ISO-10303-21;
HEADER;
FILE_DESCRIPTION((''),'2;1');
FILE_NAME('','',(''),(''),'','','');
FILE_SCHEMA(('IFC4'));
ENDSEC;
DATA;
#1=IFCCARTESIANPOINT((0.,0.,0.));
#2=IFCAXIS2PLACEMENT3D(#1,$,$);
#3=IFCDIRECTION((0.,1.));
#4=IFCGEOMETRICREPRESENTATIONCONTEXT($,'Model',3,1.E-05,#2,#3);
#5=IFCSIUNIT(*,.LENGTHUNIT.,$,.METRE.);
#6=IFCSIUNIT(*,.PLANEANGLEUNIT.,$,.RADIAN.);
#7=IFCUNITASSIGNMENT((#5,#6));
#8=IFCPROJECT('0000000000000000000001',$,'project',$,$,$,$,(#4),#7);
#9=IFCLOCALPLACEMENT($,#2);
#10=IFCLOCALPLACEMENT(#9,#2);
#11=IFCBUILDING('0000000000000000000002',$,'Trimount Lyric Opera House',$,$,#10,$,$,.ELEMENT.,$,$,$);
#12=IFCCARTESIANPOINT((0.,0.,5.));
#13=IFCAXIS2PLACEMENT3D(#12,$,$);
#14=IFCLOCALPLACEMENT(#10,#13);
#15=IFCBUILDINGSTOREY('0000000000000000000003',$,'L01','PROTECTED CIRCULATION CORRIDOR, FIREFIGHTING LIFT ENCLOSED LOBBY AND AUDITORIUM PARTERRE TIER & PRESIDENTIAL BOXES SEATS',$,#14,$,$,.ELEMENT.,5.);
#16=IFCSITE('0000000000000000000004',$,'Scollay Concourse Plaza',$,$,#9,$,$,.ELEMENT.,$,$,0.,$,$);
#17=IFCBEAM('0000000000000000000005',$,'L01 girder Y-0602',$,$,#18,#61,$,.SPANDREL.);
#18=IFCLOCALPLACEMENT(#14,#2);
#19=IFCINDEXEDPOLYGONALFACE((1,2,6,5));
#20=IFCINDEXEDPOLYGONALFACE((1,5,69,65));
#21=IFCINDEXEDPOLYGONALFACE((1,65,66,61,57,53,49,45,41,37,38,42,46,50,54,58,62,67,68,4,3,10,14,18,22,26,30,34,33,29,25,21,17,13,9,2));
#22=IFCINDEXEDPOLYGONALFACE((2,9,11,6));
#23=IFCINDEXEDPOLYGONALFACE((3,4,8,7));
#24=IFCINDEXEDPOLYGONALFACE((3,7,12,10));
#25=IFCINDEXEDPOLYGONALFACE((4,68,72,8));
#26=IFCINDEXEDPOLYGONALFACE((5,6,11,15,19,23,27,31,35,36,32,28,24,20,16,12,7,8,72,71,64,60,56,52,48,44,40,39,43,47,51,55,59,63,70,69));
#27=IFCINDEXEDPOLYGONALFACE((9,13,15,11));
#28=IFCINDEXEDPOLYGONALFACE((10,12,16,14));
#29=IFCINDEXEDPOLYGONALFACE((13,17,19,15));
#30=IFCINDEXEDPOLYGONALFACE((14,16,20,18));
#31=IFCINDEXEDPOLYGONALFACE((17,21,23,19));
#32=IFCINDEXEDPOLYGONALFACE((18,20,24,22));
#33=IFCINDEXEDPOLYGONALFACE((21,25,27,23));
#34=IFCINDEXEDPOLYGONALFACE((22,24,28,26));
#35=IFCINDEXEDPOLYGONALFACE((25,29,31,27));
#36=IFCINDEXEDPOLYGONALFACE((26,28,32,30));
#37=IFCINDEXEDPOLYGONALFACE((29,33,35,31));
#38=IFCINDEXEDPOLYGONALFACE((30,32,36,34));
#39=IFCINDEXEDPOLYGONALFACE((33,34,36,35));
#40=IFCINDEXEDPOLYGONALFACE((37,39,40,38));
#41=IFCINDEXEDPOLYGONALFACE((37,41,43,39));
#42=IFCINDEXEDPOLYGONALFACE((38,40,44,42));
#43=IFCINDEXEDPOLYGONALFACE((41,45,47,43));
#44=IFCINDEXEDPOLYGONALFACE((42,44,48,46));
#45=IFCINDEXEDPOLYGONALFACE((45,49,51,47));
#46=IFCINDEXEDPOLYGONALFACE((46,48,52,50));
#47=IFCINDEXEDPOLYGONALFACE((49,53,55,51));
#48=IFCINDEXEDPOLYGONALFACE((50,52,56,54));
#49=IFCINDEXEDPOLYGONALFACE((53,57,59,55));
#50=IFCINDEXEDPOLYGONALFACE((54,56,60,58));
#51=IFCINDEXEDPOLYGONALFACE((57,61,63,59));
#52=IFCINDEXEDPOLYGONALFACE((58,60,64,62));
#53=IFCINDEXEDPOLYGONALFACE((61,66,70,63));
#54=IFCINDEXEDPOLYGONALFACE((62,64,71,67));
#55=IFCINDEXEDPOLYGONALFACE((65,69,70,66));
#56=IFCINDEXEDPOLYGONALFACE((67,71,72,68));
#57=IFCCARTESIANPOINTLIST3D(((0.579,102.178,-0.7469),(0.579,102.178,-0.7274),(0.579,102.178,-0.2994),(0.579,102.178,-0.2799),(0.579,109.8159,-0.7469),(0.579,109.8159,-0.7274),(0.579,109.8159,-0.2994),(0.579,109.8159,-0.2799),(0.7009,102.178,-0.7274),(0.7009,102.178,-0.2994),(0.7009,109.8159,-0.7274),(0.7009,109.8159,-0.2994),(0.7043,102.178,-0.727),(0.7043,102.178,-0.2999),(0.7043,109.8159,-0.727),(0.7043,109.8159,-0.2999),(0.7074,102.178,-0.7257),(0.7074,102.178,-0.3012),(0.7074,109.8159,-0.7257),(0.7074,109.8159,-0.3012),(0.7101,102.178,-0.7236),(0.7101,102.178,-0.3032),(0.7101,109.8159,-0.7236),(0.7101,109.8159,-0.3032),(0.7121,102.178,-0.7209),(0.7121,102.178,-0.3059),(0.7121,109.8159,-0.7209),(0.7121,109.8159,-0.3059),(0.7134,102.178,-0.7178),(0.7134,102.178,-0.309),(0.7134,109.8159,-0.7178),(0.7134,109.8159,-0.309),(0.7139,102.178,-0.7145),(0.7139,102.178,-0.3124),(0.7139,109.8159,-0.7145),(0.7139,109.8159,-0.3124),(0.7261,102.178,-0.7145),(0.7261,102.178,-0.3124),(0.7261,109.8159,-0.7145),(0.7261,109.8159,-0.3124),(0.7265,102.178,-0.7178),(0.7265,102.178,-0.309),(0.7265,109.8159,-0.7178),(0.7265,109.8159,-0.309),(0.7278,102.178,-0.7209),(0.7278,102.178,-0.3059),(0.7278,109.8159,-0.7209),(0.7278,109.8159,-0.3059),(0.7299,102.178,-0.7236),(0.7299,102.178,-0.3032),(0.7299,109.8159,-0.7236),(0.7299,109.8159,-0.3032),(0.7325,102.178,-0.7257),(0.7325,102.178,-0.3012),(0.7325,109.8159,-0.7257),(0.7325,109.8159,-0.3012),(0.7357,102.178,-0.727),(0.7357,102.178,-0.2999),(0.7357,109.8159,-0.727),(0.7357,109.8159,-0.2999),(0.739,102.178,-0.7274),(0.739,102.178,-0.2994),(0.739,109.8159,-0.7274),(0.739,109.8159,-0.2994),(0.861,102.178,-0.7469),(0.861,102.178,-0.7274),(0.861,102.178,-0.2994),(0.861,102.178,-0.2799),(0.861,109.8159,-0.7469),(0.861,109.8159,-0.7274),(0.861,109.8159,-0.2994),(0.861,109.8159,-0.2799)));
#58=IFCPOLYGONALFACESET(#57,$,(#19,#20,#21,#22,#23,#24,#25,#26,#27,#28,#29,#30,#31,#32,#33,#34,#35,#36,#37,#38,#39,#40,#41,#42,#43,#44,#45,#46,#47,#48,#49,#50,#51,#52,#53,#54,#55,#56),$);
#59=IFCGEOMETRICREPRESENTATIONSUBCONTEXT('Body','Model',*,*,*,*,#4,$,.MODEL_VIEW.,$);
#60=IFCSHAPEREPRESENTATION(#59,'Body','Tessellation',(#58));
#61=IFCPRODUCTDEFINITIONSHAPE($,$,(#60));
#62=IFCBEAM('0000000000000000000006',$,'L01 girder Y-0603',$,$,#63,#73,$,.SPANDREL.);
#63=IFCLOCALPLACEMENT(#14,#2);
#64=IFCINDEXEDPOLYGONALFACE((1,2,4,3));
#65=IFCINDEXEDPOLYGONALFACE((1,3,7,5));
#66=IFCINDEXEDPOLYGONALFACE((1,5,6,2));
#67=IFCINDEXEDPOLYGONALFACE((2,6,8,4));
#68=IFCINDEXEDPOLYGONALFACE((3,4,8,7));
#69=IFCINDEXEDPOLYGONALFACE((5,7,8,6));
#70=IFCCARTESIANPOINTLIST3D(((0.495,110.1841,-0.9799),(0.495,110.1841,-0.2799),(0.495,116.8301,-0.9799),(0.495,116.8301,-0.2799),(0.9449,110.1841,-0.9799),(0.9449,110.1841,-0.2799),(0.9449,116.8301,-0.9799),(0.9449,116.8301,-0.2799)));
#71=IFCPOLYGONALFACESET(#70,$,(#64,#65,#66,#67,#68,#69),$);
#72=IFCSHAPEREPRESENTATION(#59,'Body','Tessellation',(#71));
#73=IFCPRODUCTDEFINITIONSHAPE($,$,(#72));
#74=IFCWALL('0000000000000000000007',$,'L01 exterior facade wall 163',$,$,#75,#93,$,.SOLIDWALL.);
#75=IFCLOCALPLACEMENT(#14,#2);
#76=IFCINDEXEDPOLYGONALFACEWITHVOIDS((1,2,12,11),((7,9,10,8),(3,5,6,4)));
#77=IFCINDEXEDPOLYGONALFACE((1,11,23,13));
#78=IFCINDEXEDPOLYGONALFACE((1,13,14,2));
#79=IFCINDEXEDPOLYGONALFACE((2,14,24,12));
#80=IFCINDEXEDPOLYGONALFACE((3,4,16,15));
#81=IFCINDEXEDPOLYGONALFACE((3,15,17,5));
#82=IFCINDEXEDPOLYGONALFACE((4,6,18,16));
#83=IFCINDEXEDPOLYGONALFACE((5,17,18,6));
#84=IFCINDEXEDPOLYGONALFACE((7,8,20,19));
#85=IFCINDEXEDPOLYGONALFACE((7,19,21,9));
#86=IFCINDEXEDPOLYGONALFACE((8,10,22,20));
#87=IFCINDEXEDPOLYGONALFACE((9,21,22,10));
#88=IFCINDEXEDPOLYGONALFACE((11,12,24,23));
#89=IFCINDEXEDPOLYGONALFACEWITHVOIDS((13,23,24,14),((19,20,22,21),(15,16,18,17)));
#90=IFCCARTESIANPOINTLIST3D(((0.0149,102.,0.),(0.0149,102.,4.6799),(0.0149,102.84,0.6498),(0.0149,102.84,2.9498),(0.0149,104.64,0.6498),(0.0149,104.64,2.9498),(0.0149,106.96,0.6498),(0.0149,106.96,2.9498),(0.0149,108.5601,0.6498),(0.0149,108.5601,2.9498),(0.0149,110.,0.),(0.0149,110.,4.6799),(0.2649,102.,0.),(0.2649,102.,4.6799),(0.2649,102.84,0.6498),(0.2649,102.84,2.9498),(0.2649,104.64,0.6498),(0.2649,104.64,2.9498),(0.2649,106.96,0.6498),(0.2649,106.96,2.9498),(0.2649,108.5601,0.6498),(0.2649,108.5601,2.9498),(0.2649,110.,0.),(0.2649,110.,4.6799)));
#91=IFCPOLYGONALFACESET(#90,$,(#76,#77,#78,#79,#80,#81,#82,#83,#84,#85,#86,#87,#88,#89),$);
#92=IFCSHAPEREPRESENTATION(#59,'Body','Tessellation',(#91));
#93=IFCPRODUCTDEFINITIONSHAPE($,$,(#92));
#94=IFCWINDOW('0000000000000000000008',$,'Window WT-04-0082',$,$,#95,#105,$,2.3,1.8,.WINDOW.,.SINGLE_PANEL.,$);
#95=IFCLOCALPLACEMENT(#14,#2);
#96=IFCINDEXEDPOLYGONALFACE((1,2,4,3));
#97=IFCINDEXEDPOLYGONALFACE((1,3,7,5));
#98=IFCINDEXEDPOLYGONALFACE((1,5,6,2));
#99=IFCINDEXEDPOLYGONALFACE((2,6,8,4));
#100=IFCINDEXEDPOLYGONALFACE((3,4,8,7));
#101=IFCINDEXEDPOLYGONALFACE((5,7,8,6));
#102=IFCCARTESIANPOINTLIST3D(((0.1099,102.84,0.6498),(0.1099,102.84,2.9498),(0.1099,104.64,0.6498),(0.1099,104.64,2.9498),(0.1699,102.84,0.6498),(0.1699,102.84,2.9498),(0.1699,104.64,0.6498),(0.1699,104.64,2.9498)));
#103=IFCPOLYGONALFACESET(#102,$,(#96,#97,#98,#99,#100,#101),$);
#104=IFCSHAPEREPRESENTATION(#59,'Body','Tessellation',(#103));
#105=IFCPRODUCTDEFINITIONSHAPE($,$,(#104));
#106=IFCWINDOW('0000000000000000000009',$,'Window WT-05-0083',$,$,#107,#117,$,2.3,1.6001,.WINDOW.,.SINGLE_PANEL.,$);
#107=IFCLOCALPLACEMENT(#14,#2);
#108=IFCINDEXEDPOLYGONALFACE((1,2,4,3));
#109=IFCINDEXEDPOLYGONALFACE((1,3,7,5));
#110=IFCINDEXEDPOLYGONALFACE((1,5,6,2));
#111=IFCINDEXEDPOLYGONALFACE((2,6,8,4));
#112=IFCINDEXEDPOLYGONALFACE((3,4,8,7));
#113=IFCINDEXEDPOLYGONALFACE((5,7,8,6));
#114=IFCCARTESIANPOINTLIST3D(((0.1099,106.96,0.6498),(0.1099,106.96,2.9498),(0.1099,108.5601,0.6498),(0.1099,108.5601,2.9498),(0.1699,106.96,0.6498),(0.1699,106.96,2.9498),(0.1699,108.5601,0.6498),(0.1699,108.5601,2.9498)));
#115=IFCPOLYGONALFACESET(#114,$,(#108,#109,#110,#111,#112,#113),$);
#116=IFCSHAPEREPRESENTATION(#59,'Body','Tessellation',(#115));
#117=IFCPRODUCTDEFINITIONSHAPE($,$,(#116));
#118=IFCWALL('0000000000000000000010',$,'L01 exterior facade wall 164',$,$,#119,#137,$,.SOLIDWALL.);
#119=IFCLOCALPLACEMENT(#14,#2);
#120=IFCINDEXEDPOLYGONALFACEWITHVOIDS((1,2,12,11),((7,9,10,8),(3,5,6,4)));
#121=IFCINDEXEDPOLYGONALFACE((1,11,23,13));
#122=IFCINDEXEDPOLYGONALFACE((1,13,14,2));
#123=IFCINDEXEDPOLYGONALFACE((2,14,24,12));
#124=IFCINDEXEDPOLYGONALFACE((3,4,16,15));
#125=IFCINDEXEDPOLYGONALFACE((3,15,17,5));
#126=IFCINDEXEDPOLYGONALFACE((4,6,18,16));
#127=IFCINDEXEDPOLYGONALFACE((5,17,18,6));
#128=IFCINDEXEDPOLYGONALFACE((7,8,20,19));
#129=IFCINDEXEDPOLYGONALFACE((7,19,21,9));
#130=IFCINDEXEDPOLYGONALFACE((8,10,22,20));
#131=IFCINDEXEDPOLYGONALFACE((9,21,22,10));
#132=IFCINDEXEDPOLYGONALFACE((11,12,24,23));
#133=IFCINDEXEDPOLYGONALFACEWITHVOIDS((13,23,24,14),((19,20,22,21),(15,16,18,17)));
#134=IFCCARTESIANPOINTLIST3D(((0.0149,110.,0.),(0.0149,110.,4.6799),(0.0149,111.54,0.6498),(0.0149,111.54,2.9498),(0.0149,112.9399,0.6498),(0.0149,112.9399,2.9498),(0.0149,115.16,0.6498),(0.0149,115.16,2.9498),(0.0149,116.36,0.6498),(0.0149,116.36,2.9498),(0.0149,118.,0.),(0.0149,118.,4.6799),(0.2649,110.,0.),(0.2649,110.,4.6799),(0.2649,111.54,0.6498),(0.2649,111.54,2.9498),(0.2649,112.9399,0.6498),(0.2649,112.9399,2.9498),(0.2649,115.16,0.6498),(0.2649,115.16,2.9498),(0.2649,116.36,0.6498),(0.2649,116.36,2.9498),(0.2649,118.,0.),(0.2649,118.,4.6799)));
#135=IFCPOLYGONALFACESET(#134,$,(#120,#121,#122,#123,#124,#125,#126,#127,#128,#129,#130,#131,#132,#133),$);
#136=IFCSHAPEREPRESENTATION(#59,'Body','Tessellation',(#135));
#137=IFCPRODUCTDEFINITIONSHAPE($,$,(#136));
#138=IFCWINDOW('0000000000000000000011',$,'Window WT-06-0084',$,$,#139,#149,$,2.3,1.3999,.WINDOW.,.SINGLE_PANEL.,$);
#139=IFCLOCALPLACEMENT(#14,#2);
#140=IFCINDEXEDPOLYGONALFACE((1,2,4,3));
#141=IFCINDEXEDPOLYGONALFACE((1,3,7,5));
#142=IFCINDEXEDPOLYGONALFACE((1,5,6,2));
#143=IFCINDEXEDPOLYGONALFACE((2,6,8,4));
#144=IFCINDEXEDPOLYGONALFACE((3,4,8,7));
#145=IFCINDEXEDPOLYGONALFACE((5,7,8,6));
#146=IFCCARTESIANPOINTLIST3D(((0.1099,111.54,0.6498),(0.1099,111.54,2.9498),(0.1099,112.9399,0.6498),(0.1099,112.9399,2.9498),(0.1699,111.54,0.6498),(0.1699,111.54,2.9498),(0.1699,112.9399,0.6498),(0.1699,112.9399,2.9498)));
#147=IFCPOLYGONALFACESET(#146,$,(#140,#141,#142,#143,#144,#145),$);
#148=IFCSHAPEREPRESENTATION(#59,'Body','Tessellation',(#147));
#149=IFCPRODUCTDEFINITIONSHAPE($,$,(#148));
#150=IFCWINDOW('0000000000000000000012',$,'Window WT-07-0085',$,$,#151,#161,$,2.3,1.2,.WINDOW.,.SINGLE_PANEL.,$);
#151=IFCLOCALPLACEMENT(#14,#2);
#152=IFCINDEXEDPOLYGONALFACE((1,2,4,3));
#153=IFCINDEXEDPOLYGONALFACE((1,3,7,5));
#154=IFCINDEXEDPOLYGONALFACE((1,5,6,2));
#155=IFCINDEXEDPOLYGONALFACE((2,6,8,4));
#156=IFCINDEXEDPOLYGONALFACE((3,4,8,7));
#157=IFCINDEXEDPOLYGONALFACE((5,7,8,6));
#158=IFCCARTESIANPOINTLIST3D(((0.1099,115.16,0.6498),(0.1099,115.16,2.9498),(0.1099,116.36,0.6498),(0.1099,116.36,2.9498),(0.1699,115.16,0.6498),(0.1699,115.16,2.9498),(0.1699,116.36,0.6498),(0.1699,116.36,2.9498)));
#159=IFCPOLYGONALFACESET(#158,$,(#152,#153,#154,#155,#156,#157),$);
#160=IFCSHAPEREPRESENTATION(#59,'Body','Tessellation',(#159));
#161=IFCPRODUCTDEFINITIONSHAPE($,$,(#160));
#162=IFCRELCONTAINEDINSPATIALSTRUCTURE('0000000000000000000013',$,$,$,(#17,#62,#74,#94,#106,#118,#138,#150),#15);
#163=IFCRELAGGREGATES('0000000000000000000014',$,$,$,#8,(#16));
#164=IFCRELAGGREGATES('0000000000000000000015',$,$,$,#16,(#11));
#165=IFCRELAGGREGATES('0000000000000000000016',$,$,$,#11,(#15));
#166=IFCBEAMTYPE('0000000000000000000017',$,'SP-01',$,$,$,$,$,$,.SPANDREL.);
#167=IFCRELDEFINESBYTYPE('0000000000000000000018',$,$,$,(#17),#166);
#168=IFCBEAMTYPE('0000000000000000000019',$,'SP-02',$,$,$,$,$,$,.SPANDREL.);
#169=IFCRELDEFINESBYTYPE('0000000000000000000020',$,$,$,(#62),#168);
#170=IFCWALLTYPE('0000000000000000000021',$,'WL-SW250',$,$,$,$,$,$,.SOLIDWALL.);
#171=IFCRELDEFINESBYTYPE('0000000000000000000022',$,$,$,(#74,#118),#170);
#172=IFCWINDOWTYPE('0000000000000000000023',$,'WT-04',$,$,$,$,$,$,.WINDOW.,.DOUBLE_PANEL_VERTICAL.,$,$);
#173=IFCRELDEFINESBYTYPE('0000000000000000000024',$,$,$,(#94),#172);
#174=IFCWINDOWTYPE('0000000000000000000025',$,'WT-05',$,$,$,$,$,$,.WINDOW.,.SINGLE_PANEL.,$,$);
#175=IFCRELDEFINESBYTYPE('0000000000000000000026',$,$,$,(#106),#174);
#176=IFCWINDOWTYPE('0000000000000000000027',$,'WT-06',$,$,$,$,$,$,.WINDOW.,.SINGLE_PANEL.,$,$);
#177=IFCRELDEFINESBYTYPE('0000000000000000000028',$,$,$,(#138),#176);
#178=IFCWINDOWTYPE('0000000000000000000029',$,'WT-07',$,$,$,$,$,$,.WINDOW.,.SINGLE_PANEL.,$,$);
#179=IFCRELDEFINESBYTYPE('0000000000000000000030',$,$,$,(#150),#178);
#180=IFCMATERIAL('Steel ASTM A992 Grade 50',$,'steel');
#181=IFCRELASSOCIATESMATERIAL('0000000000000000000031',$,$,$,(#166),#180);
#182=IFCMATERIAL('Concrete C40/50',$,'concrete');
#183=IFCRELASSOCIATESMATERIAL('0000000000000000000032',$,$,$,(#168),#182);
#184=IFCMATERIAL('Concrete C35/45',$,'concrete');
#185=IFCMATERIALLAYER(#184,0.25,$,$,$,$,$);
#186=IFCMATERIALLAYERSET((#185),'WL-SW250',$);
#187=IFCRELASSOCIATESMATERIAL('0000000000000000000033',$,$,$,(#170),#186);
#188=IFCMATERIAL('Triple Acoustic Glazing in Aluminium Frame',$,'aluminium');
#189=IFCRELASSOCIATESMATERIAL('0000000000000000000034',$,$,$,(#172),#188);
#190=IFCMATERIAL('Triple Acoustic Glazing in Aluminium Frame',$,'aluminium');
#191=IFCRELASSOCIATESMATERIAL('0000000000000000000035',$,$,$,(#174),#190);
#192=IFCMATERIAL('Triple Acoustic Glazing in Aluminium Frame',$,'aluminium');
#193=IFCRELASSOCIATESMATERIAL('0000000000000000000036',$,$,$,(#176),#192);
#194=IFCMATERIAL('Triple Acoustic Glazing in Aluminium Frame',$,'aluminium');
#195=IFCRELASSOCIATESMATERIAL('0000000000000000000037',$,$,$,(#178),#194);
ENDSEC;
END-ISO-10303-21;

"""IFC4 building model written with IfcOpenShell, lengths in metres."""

from ifc_helpers import new_model, si_unit, direction, frame, frame_2d, origin, origin_2d, place, context, subcontext, project, spatial, rectangle, i_section, extrude, material, layer, layer_set, material_profile, profile_set, type_object, element, fill, save


model = new_model("IFC4")

# Units and contexts
model_context = context("Model", 3, precision=1e-05, world=origin(), true_north=direction((0.0, 1.0)))
body_context = subcontext(model_context, "Body", "Model", "MODEL_VIEW")
ifc_project = project(units=[si_unit("LENGTHUNIT", "METRE"), si_unit("PLANEANGLEUNIT", "RADIAN")], contexts=[model_context])

# Site, building, storey
site_placement = place(None, origin())
site = spatial("IfcSite", under=ifc_project, at=site_placement, Name="Scollay Concourse Plaza", CompositionType="ELEMENT", RefElevation=0.0)
building_placement = place(site_placement, origin())
building = spatial("IfcBuilding", under=site, at=building_placement, Name="Trimount Lyric Opera House", CompositionType="ELEMENT")
storey_placement = place(building_placement, frame((0.0, 0.0, 5.0)))
storey = spatial("IfcBuildingStorey", under=building, at=storey_placement, Name="L01", Description="PROTECTED CIRCULATION CORRIDOR, FIREFIGHTING LIFT ENCLOSED LOBBY AND AUDITORIUM PARTERRE TIER & PRESIDENTIAL BOXES SEATS", CompositionType="ELEMENT", Elevation=5.0)

# Beams
ifc_material_1 = material(Name="Steel ASTM A992 Grade 50", Category="steel")
ifc_material_profile_1 = material_profile(ifc_material_1, i_section(OverallWidth=0.282, OverallDepth=0.467, WebThickness=0.0122, FlangeThickness=0.0195, FilletRadius=0.0129, at=origin_2d()), Name="W18X86")
ifc_profile_set_1 = profile_set([ifc_material_profile_1], Name="Steel ASTM A992 Grade 50")
beam_type_1 = type_object("IfcBeamType", Name="SP-01", PredefinedType="SPANDREL", material=ifc_profile_set_1)
beam_1_placement = place(storey_placement, frame((0.72, 102.178, -0.5134), z_axis=(0.0, 1.0, 0.0), x_axis=(-1.0, 0.0, 0.0)))
element("IfcBeam", 1, at=beam_1_placement, inside=storey, type_object=beam_type_1, Name="L01 girder Y-0602", PredefinedType="SPANDREL", context=body_context, shape_type="SweptSolid", body=[
    extrude(i_section(OverallWidth=0.282, OverallDepth=0.467, WebThickness=0.0122, FlangeThickness=0.0195, FilletRadius=0.0129, at=origin_2d()), origin(), (0.0, 0.0, 1.0), 7.6379),
])
ifc_material_2 = material(Name="Concrete C40/50", Category="concrete")
ifc_material_profile_2 = material_profile(ifc_material_2, rectangle(XDim=0.45, YDim=0.7, at=origin_2d()), Name="RC450X700")
ifc_profile_set_2 = profile_set([ifc_material_profile_2], Name="Concrete C40/50")
beam_type_2 = type_object("IfcBeamType", Name="SP-02", PredefinedType="SPANDREL", material=ifc_profile_set_2)
beam_2_placement = place(storey_placement, frame((0.72, 110.1841, -0.6299), z_axis=(0.0, 1.0, 0.0), x_axis=(-1.0, 0.0, 0.0)))
element("IfcBeam", 2, at=beam_2_placement, inside=storey, type_object=beam_type_2, Name="L01 girder Y-0603", PredefinedType="SPANDREL", context=body_context, shape_type="SweptSolid", body=[
    extrude(rectangle(XDim=0.45, YDim=0.7, at=origin_2d()), origin(), (0.0, 0.0, 1.0), 6.646),
])

# Walls, openings, windows
ifc_material_3 = material(Name="Concrete C35/45", Category="concrete")
ifc_layer_1 = layer(ifc_material_3, 0.25)
ifc_layer_set_1 = layer_set([ifc_layer_1], Name="WL-SW250")
wall_type = type_object("IfcWallType", Name="WL-SW250", PredefinedType="SOLIDWALL", material=ifc_layer_set_1)
wall_1_placement = place(storey_placement, frame((0.1399, 102.0, 0.0), z_axis=(0.0, 0.0, 1.0), x_axis=(0.0, 1.0, 0.0)))
wall_1 = element("IfcWall", 3, at=wall_1_placement, inside=storey, type_object=wall_type, Name="L01 exterior facade wall 163", PredefinedType="SOLIDWALL", context=body_context, shape_type="SweptSolid", body=[
    extrude(rectangle(XDim=8.0, YDim=0.25, at=frame_2d((4.0, 0.0))), origin(), (0.0, 0.0, 1.0), 4.6799),
])
opening_1_placement = place(wall_1_placement, frame((0.8401, 0.0, 0.6499)))
opening_1 = element("IfcOpeningElement", 4, at=opening_1_placement, cuts=wall_1, PredefinedType="OPENING", context=body_context, shape_type="SweptSolid", body=[
    extrude(rectangle(XDim=1.8, YDim=2.3, at=frame_2d((0.8999, 1.1499))), frame((0.0, 0.135, 0.0), z_axis=(0.0, -1.0, 0.0), x_axis=(1.0, 0.0, 0.0)), (0.0, 0.0, 1.0), 0.27),
])
opening_2_placement = place(wall_1_placement, frame((4.96, 0.0, 0.6499)))
opening_2 = element("IfcOpeningElement", 5, at=opening_2_placement, cuts=wall_1, PredefinedType="OPENING", context=body_context, shape_type="SweptSolid", body=[
    extrude(rectangle(XDim=1.6001, YDim=2.3, at=frame_2d((0.8, 1.1499))), frame((0.0, 0.135, 0.0), z_axis=(0.0, -1.0, 0.0), x_axis=(1.0, 0.0, 0.0)), (0.0, 0.0, 1.0), 0.27),
])
ifc_material_4 = material(Name="Triple Acoustic Glazing in Aluminium Frame", Category="aluminium")
window_type_1 = type_object("IfcWindowType", Name="WT-04", PartitioningType="DOUBLE_PANEL_VERTICAL", PredefinedType="WINDOW", material=ifc_material_4)
window_1_placement = place(opening_1_placement, origin())
window_1 = element("IfcWindow", 6, at=window_1_placement, inside=storey, type_object=window_type_1, Name="Window WT-04-0082", OverallHeight=2.3, OverallWidth=1.8, PartitioningType="SINGLE_PANEL", PredefinedType="WINDOW", context=body_context, shape_type="SweptSolid", body=[
    extrude(rectangle(XDim=1.8, YDim=2.3, at=frame_2d((0.8999, 1.1499))), frame((0.0, 0.03, 0.0), z_axis=(0.0, -1.0, 0.0), x_axis=(1.0, 0.0, 0.0)), (0.0, 0.0, 1.0), 0.0601),
])
fill(opening_1, window_1)
ifc_material_5 = material(Name="Triple Acoustic Glazing in Aluminium Frame", Category="aluminium")
window_type_2 = type_object("IfcWindowType", Name="WT-05", PartitioningType="SINGLE_PANEL", PredefinedType="WINDOW", material=ifc_material_5)
window_2_placement = place(opening_2_placement, origin())
window_2 = element("IfcWindow", 7, at=window_2_placement, inside=storey, type_object=window_type_2, Name="Window WT-05-0083", OverallHeight=2.3, OverallWidth=1.6001, PartitioningType="SINGLE_PANEL", PredefinedType="WINDOW", context=body_context, shape_type="SweptSolid", body=[
    extrude(rectangle(XDim=1.6001, YDim=2.3, at=frame_2d((0.8, 1.1499))), frame((0.0, 0.03, 0.0), z_axis=(0.0, -1.0, 0.0), x_axis=(1.0, 0.0, 0.0)), (0.0, 0.0, 1.0), 0.0601),
])
fill(opening_2, window_2)
wall_2_placement = place(storey_placement, frame((0.1399, 110.0, 0.0), z_axis=(0.0, 0.0, 1.0), x_axis=(0.0, 1.0, 0.0)))
wall_2 = element("IfcWall", 8, at=wall_2_placement, inside=storey, type_object=wall_type, Name="L01 exterior facade wall 164", PredefinedType="SOLIDWALL", context=body_context, shape_type="SweptSolid", body=[
    extrude(rectangle(XDim=8.0, YDim=0.25, at=frame_2d((4.0, 0.0))), origin(), (0.0, 0.0, 1.0), 4.6799),
])
opening_3_placement = place(wall_2_placement, frame((1.54, 0.0, 0.6499)))
opening_3 = element("IfcOpeningElement", 9, at=opening_3_placement, cuts=wall_2, PredefinedType="OPENING", context=body_context, shape_type="SweptSolid", body=[
    extrude(rectangle(XDim=1.3999, YDim=2.3, at=frame_2d((0.7, 1.1499))), frame((0.0, 0.135, 0.0), z_axis=(0.0, -1.0, 0.0), x_axis=(1.0, 0.0, 0.0)), (0.0, 0.0, 1.0), 0.27),
])
opening_4_placement = place(wall_2_placement, frame((5.1599, 0.0, 0.6499)))
opening_4 = element("IfcOpeningElement", 10, at=opening_4_placement, cuts=wall_2, PredefinedType="OPENING", context=body_context, shape_type="SweptSolid", body=[
    extrude(rectangle(XDim=1.2, YDim=2.3, at=frame_2d((0.6001, 1.1499))), frame((0.0, 0.135, 0.0), z_axis=(0.0, -1.0, 0.0), x_axis=(1.0, 0.0, 0.0)), (0.0, 0.0, 1.0), 0.27),
])
ifc_material_6 = material(Name="Triple Acoustic Glazing in Aluminium Frame", Category="aluminium")
window_type_3 = type_object("IfcWindowType", Name="WT-06", PartitioningType="SINGLE_PANEL", PredefinedType="WINDOW", material=ifc_material_6)
window_3_placement = place(opening_3_placement, origin())
window_3 = element("IfcWindow", 11, at=window_3_placement, inside=storey, type_object=window_type_3, Name="Window WT-06-0084", OverallHeight=2.3, OverallWidth=1.3999, PartitioningType="SINGLE_PANEL", PredefinedType="WINDOW", context=body_context, shape_type="SweptSolid", body=[
    extrude(rectangle(XDim=1.3999, YDim=2.3, at=frame_2d((0.7, 1.1499))), frame((0.0, 0.03, 0.0), z_axis=(0.0, -1.0, 0.0), x_axis=(1.0, 0.0, 0.0)), (0.0, 0.0, 1.0), 0.0601),
])
fill(opening_3, window_3)
ifc_material_7 = material(Name="Triple Acoustic Glazing in Aluminium Frame", Category="aluminium")
window_type_4 = type_object("IfcWindowType", Name="WT-07", PartitioningType="SINGLE_PANEL", PredefinedType="WINDOW", material=ifc_material_7)
window_4_placement = place(opening_4_placement, origin())
window_4 = element("IfcWindow", 12, at=window_4_placement, inside=storey, type_object=window_type_4, Name="Window WT-07-0085", OverallHeight=2.3, OverallWidth=1.2, PartitioningType="SINGLE_PANEL", PredefinedType="WINDOW", context=body_context, shape_type="SweptSolid", body=[
    extrude(rectangle(XDim=1.2, YDim=2.3, at=frame_2d((0.6001, 1.1499))), frame((0.0, 0.03, 0.0), z_axis=(0.0, -1.0, 0.0), x_axis=(1.0, 0.0, 0.0)), (0.0, 0.0, 1.0), 0.0601),
])
fill(opening_4, window_4)

save(model, "model.ifc")
